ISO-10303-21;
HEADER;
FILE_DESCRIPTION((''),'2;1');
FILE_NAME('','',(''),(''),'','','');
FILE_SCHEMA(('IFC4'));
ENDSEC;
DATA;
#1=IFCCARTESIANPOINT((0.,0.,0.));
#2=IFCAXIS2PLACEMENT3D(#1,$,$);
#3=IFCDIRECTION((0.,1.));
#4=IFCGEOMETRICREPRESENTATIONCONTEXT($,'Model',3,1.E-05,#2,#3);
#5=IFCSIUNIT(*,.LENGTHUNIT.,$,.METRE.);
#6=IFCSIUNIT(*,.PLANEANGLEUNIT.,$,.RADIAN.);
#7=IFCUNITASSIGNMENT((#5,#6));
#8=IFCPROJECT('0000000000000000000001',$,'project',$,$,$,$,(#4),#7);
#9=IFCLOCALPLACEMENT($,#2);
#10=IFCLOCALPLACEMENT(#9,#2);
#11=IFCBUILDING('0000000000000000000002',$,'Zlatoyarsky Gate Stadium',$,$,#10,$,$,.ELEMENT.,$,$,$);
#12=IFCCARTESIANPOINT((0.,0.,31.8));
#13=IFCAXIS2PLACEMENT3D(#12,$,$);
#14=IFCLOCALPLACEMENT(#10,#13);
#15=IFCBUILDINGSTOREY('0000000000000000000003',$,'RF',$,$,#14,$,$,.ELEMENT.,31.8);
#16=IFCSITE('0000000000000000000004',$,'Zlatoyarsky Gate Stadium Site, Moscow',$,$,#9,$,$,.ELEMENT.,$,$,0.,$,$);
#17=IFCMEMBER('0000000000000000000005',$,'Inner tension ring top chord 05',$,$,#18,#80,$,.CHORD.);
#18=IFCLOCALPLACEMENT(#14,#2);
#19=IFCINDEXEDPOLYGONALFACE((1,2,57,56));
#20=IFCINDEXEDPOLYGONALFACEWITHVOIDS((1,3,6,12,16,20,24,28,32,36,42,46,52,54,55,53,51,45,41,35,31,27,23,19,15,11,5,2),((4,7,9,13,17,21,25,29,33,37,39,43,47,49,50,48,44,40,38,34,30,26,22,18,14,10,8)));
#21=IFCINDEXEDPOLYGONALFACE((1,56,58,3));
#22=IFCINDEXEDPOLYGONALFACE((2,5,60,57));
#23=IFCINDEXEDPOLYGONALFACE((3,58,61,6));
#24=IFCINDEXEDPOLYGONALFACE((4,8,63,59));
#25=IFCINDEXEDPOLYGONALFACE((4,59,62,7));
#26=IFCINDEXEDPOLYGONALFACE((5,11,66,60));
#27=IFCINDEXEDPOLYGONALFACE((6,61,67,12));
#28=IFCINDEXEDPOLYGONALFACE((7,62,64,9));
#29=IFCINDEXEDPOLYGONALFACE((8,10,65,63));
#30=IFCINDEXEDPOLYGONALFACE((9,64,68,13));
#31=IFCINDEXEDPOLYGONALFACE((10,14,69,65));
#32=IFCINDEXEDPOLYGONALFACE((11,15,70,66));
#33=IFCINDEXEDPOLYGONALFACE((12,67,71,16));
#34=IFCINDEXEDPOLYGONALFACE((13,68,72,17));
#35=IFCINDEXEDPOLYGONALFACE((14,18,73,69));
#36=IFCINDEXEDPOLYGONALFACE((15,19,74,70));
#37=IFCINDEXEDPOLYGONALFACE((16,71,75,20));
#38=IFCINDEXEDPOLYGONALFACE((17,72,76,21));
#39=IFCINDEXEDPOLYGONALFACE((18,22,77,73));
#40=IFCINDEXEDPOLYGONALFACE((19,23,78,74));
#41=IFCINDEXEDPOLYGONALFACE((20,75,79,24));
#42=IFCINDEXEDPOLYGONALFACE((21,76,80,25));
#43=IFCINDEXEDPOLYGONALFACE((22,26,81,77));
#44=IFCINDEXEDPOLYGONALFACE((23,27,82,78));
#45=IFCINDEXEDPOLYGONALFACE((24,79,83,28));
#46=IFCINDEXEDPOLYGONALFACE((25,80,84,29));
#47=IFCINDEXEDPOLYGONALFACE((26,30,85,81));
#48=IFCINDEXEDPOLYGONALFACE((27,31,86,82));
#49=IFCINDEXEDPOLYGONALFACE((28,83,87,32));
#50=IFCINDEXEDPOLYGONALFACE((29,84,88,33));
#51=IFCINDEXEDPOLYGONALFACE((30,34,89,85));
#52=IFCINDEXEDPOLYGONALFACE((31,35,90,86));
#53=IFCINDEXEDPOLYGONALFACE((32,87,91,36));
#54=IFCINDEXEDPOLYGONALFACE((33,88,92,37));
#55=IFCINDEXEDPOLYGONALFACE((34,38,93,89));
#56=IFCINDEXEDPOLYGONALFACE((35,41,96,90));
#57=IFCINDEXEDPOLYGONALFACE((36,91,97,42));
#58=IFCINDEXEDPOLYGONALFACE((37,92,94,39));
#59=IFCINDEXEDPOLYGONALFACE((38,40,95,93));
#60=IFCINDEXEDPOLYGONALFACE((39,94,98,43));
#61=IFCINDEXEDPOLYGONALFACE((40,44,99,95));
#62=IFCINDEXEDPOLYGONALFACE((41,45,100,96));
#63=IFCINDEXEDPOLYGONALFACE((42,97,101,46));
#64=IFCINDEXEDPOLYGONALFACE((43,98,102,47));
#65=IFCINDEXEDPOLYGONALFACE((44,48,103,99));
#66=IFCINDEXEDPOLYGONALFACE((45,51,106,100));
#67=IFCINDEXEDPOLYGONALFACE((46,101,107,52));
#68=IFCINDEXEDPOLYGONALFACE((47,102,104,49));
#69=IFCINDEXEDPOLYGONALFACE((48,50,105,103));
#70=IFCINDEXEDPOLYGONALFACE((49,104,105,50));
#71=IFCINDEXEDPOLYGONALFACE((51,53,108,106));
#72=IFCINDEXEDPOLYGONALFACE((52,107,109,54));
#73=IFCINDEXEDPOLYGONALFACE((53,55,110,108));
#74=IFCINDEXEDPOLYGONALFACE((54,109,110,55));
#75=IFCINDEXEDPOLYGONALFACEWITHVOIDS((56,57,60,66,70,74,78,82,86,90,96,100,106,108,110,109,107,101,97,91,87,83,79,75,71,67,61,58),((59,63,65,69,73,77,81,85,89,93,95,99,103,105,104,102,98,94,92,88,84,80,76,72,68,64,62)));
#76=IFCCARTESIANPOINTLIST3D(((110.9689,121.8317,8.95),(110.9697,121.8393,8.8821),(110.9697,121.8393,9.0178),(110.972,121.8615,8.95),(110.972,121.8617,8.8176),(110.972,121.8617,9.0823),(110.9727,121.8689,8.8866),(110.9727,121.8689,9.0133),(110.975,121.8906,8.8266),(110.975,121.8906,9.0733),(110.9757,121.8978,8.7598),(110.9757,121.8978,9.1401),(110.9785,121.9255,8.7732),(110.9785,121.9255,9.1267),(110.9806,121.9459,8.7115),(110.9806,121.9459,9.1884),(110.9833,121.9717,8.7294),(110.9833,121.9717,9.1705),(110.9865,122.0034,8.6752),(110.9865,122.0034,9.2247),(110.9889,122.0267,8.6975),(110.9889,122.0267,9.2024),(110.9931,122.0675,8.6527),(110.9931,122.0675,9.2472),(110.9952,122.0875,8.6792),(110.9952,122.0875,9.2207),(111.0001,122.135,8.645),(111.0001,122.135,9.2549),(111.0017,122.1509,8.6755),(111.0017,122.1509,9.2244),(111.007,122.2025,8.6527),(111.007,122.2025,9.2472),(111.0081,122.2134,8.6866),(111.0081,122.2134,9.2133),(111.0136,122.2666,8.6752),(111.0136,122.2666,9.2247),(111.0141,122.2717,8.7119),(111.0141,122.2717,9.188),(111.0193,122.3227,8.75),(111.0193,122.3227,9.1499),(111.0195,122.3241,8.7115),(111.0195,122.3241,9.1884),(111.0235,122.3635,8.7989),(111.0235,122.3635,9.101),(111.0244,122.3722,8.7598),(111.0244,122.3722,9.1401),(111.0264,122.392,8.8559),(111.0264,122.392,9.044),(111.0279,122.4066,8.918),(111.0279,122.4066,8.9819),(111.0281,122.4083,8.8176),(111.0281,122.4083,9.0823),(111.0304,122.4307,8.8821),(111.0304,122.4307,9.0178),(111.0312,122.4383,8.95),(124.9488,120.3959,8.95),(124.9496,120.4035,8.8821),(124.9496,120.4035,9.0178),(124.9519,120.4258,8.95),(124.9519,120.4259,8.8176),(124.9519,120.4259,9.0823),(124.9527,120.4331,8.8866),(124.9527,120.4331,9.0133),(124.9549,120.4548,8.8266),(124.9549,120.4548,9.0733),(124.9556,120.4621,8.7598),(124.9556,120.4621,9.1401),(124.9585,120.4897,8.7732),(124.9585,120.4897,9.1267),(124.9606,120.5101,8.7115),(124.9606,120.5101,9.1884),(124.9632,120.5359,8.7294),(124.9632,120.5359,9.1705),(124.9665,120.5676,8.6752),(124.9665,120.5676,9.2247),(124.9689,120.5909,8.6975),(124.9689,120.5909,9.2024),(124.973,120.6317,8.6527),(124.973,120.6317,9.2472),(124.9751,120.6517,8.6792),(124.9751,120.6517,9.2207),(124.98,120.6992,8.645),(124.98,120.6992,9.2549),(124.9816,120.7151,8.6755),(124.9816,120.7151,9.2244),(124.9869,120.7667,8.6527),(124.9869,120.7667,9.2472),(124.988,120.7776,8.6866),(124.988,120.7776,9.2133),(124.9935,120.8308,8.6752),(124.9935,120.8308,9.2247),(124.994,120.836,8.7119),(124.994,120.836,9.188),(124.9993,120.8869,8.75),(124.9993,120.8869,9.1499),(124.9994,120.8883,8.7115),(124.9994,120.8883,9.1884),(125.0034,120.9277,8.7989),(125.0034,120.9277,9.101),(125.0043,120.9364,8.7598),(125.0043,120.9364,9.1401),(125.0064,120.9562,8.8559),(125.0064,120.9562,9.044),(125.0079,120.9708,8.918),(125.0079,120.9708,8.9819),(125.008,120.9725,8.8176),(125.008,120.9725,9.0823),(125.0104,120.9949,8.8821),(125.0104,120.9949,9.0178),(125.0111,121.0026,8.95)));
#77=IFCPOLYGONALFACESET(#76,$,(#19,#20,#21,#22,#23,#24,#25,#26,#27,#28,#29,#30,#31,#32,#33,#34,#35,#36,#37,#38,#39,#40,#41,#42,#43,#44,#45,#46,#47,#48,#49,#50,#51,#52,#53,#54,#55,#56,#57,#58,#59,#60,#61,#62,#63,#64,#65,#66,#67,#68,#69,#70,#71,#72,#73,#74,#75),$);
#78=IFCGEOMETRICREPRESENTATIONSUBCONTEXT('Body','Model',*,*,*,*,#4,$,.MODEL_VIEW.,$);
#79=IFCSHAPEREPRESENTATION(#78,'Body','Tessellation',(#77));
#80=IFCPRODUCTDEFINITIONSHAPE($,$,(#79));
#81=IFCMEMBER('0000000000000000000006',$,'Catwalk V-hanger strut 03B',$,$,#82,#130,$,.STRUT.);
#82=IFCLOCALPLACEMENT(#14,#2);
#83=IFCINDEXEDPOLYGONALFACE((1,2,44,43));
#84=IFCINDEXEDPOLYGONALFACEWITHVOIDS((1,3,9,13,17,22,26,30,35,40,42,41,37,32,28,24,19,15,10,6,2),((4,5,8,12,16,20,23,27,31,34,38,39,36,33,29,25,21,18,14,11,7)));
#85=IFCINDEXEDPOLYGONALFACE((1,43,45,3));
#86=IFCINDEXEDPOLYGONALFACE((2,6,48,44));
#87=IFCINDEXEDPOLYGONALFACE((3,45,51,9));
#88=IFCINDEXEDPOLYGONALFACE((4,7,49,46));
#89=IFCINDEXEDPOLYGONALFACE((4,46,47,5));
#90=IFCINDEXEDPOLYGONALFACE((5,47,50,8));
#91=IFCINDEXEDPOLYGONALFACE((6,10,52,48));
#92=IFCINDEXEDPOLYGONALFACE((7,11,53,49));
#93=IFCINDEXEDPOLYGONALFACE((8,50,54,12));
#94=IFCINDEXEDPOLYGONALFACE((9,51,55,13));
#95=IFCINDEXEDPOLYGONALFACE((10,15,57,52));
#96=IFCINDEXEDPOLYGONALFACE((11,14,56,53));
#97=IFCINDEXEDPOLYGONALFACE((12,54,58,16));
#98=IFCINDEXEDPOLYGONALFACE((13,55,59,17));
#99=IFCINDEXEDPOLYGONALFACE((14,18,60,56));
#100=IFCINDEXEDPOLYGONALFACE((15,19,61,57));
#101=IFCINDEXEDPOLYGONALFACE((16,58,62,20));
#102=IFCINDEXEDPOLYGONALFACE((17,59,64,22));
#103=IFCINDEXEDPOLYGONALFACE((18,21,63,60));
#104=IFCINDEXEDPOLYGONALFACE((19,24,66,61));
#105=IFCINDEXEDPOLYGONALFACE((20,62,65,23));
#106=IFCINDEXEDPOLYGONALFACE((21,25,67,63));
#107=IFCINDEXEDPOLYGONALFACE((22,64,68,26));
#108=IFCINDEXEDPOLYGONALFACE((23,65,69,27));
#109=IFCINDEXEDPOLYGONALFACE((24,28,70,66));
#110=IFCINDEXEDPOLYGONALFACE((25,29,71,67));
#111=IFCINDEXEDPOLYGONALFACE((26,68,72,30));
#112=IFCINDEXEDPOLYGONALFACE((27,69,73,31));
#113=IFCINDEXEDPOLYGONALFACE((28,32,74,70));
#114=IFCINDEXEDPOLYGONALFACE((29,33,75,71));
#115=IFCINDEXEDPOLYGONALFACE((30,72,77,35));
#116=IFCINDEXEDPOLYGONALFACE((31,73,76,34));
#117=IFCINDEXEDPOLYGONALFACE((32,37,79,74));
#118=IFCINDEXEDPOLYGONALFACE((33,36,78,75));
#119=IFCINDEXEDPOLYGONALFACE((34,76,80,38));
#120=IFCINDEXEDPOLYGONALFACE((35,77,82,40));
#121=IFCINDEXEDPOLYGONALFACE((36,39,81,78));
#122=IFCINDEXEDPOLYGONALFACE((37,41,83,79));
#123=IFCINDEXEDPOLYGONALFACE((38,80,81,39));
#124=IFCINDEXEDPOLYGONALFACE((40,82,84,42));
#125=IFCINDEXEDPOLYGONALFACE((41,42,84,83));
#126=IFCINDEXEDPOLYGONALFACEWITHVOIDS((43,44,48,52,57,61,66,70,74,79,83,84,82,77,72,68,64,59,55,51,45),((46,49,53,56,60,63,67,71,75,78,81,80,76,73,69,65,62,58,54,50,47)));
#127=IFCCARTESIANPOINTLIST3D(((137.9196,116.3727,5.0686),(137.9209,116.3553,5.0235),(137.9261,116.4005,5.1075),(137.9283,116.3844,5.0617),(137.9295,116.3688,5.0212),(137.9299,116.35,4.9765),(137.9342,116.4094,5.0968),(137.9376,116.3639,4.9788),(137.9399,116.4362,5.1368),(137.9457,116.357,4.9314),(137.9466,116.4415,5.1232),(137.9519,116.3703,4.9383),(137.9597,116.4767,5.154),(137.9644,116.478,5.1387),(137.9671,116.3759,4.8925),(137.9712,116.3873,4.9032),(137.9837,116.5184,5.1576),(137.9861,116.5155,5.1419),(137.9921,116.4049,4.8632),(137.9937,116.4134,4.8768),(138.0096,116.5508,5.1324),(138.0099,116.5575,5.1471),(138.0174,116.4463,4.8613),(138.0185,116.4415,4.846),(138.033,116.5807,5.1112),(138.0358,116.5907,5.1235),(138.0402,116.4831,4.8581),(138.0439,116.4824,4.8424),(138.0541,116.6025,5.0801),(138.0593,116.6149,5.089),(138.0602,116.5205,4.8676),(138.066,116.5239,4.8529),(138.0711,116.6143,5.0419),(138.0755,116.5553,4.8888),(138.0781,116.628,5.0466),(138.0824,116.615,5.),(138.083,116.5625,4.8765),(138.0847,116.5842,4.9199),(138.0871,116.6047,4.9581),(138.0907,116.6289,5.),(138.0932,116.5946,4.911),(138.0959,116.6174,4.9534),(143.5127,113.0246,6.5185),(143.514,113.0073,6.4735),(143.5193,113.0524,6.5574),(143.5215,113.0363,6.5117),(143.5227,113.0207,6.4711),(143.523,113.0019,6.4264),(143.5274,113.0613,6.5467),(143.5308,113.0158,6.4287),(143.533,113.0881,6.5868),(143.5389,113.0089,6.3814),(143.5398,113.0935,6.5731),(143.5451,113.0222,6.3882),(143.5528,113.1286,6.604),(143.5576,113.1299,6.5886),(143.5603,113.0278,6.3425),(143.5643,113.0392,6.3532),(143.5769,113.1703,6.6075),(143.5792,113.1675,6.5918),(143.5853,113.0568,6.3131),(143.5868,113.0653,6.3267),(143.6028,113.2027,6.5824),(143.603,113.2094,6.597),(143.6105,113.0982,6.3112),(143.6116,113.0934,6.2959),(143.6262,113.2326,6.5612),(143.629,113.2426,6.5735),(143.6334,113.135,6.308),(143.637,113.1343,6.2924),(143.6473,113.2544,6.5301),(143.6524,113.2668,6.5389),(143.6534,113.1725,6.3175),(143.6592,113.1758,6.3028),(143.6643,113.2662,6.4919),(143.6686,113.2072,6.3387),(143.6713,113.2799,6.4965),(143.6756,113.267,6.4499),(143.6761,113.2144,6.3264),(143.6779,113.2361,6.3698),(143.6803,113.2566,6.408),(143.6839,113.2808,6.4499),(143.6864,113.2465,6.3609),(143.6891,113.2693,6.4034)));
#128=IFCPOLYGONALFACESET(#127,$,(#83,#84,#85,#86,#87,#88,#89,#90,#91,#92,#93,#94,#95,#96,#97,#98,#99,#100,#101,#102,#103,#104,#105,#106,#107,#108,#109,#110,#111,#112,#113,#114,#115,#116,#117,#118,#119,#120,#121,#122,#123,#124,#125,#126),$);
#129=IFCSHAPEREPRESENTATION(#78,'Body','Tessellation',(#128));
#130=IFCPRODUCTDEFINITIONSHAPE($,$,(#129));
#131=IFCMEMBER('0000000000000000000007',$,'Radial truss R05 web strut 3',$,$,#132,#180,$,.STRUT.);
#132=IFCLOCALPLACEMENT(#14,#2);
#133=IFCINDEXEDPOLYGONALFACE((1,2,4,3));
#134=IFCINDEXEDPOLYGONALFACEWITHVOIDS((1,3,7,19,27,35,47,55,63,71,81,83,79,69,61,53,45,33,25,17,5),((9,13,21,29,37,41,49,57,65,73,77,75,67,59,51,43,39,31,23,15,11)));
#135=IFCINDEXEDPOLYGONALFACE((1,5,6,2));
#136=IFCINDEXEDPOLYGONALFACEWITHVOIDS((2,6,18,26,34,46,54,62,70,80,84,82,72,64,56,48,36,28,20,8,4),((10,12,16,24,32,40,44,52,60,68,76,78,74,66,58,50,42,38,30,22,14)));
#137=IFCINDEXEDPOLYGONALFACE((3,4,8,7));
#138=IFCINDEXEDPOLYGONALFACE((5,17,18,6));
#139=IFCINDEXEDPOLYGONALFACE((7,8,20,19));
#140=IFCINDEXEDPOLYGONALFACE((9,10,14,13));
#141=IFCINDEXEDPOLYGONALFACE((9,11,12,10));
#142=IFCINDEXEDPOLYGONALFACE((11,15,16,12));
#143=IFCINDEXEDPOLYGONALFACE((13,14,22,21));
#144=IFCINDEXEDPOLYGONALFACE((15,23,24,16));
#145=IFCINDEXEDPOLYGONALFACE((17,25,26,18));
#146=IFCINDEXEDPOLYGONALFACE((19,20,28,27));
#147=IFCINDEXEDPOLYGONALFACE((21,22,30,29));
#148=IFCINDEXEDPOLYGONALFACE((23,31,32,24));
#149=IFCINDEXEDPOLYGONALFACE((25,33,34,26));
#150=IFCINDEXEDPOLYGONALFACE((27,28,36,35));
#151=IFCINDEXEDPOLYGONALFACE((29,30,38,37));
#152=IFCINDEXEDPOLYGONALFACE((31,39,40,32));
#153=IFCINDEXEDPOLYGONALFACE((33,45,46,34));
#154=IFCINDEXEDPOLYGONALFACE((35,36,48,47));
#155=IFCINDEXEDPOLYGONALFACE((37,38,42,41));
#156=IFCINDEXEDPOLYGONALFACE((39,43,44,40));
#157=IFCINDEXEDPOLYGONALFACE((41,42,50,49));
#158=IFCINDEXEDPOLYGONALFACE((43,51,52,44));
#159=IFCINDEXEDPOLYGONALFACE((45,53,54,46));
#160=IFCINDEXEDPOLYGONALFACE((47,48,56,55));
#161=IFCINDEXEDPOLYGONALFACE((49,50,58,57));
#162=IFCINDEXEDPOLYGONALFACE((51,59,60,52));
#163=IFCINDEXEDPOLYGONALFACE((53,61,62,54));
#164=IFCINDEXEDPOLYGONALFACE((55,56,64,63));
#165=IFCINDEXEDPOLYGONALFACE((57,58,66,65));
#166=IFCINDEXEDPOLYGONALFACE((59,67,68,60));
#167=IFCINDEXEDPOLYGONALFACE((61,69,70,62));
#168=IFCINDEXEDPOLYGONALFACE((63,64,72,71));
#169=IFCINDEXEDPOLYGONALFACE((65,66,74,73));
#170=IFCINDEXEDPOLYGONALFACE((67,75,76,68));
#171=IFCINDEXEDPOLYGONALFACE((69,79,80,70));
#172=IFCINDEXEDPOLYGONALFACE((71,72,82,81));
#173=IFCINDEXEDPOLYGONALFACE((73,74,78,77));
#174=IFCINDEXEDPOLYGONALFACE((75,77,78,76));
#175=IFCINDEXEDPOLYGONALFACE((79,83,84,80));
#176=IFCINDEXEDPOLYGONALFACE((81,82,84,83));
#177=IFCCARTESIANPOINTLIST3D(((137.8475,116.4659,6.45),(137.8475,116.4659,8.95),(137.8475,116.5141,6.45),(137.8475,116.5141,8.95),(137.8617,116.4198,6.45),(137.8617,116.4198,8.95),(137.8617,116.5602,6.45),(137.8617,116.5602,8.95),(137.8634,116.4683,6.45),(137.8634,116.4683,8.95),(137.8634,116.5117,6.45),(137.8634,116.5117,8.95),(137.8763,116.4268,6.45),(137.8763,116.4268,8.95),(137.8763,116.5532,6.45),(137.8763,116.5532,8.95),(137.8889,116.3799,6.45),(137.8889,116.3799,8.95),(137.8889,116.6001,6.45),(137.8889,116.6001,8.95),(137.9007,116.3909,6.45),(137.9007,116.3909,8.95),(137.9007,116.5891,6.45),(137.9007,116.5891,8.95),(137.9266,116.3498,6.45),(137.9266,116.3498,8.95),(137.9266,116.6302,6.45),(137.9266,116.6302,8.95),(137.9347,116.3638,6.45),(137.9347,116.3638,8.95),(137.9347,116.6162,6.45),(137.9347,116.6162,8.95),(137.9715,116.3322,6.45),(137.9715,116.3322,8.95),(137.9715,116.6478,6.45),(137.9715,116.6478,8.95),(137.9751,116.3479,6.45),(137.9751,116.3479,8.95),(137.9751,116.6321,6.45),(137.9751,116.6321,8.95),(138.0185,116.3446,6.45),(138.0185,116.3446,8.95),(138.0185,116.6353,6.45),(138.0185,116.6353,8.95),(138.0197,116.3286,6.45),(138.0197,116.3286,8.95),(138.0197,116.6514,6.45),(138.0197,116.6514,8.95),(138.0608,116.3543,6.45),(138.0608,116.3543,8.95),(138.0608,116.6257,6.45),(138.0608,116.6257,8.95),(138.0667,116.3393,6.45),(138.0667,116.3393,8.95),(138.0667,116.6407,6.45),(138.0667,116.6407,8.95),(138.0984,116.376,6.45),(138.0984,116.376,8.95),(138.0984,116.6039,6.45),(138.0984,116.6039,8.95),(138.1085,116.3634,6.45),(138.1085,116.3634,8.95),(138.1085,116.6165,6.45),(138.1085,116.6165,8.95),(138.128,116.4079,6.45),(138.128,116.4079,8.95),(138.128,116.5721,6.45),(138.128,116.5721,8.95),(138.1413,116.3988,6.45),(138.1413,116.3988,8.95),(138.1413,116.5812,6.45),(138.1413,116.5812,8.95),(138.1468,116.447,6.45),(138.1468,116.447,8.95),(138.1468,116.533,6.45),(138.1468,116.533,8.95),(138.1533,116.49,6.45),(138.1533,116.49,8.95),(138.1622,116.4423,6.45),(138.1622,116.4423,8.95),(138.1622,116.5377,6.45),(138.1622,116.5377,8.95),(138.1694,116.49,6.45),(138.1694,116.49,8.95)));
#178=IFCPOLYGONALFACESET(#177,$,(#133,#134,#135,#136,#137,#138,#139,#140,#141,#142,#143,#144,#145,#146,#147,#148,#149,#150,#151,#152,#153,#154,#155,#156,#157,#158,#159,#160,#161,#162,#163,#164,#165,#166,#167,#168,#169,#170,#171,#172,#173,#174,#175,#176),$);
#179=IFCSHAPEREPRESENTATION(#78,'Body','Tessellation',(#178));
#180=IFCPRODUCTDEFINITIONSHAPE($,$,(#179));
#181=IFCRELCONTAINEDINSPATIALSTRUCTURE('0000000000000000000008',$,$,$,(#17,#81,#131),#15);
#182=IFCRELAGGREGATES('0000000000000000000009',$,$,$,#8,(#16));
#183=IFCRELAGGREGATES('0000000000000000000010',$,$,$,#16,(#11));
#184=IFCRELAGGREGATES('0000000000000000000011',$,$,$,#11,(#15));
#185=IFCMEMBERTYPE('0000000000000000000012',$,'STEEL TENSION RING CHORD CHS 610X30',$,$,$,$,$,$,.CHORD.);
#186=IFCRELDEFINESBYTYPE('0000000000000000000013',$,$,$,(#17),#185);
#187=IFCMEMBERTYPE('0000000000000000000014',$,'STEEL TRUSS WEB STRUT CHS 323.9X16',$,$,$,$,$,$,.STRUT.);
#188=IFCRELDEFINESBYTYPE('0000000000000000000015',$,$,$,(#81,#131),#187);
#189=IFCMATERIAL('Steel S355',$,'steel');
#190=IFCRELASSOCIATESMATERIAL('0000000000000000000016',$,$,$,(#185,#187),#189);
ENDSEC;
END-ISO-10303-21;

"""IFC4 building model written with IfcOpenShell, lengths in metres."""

from ifc_helpers import new_model, si_unit, direction, frame, origin, origin_2d, place, context, subcontext, project, spatial, hollow_circle, extrude, material, material_profile, profile_set, type_object, element, save


model = new_model("IFC4")

# Units and contexts
model_context = context("Model", 3, precision=1e-05, world=origin(), true_north=direction((0.0, 1.0)))
body_context = subcontext(model_context, "Body", "Model", "MODEL_VIEW")
ifc_project = project(units=[si_unit("LENGTHUNIT", "METRE"), si_unit("PLANEANGLEUNIT", "RADIAN")], contexts=[model_context])

# Site, building, storey
site_placement = place(None, origin())
site = spatial("IfcSite", under=ifc_project, at=site_placement, Name="Zlatoyarsky Gate Stadium Site, Moscow", CompositionType="ELEMENT", RefElevation=0.0)
building_placement = place(site_placement, origin())
building = spatial("IfcBuilding", under=site, at=building_placement, Name="Zlatoyarsky Gate Stadium", CompositionType="ELEMENT")
storey_placement = place(building_placement, frame((0.0, 0.0, 31.8)))
storey = spatial("IfcBuildingStorey", under=building, at=storey_placement, Name="RF", CompositionType="ELEMENT", Elevation=31.8)

# Shared definitions
ifc_material = material(Name="Steel S355", Category="steel")

# Members
ifc_material_profile_1 = material_profile(ifc_material, hollow_circle(Radius=0.3049, WallThickness=0.03, at=origin_2d()), Name="CHS 610X30")
ifc_profile_set_1 = profile_set([ifc_material_profile_1], Name="Steel S355")
member_type_1 = type_object("IfcMemberType", Name="STEEL TENSION RING CHORD CHS 610X30", PredefinedType="CHORD", material=ifc_profile_set_1)
member_1_placement = place(storey_placement, frame((124.98, 120.6992, 8.95), z_axis=(-0.994767, 0.102166, 0.0), x_axis=(-0.102166, -0.994767, 0.0)))
element("IfcMember", 1, at=member_1_placement, inside=storey, type_object=member_type_1, Name="Inner tension ring top chord 05", PredefinedType="CHORD", context=body_context, shape_type="SweptSolid", body=[
    extrude(hollow_circle(Radius=0.3049, WallThickness=0.03, at=origin_2d()), origin(), (0.0, 0.0, 1.0), 14.0535),
])
ifc_material_profile_2 = material_profile(ifc_material, hollow_circle(Radius=0.1619, WallThickness=0.0161, at=origin_2d()), Name="CHS 323.9X16")
ifc_profile_set_2 = profile_set([ifc_material_profile_2], Name="Steel S355")
member_type_2 = type_object("IfcMemberType", Name="STEEL TRUSS WEB STRUT CHS 323.9X16", PredefinedType="STRUT", material=ifc_profile_set_2)
member_2_placement = place(storey_placement, frame((138.0076, 116.49, 5.0), z_axis=(0.837553, -0.501362, 0.21712), x_axis=(0.513614, 0.858021, 0.0)))
element("IfcMember", 2, at=member_2_placement, inside=storey, type_object=member_type_2, Name="Catwalk V-hanger strut 03B", PredefinedType="STRUT", context=body_context, shape_type="SweptSolid", body=[
    extrude(hollow_circle(Radius=0.1619, WallThickness=0.0161, at=origin_2d()), origin(), (0.0, 0.0, 1.0), 6.678),
])
member_3_placement = place(storey_placement, frame((138.0076, 116.49, 6.45), z_axis=(0.0, 0.0, 1.0), x_axis=(1.0, 0.0, 0.0)))
element("IfcMember", 3, at=member_3_placement, inside=storey, type_object=member_type_2, Name="Radial truss R05 web strut 3", PredefinedType="STRUT", context=body_context, shape_type="SweptSolid", body=[
    extrude(hollow_circle(Radius=0.1619, WallThickness=0.0161, at=origin_2d()), origin(), (0.0, 0.0, 1.0), 2.5),
])

save(model, "model.ifc")
